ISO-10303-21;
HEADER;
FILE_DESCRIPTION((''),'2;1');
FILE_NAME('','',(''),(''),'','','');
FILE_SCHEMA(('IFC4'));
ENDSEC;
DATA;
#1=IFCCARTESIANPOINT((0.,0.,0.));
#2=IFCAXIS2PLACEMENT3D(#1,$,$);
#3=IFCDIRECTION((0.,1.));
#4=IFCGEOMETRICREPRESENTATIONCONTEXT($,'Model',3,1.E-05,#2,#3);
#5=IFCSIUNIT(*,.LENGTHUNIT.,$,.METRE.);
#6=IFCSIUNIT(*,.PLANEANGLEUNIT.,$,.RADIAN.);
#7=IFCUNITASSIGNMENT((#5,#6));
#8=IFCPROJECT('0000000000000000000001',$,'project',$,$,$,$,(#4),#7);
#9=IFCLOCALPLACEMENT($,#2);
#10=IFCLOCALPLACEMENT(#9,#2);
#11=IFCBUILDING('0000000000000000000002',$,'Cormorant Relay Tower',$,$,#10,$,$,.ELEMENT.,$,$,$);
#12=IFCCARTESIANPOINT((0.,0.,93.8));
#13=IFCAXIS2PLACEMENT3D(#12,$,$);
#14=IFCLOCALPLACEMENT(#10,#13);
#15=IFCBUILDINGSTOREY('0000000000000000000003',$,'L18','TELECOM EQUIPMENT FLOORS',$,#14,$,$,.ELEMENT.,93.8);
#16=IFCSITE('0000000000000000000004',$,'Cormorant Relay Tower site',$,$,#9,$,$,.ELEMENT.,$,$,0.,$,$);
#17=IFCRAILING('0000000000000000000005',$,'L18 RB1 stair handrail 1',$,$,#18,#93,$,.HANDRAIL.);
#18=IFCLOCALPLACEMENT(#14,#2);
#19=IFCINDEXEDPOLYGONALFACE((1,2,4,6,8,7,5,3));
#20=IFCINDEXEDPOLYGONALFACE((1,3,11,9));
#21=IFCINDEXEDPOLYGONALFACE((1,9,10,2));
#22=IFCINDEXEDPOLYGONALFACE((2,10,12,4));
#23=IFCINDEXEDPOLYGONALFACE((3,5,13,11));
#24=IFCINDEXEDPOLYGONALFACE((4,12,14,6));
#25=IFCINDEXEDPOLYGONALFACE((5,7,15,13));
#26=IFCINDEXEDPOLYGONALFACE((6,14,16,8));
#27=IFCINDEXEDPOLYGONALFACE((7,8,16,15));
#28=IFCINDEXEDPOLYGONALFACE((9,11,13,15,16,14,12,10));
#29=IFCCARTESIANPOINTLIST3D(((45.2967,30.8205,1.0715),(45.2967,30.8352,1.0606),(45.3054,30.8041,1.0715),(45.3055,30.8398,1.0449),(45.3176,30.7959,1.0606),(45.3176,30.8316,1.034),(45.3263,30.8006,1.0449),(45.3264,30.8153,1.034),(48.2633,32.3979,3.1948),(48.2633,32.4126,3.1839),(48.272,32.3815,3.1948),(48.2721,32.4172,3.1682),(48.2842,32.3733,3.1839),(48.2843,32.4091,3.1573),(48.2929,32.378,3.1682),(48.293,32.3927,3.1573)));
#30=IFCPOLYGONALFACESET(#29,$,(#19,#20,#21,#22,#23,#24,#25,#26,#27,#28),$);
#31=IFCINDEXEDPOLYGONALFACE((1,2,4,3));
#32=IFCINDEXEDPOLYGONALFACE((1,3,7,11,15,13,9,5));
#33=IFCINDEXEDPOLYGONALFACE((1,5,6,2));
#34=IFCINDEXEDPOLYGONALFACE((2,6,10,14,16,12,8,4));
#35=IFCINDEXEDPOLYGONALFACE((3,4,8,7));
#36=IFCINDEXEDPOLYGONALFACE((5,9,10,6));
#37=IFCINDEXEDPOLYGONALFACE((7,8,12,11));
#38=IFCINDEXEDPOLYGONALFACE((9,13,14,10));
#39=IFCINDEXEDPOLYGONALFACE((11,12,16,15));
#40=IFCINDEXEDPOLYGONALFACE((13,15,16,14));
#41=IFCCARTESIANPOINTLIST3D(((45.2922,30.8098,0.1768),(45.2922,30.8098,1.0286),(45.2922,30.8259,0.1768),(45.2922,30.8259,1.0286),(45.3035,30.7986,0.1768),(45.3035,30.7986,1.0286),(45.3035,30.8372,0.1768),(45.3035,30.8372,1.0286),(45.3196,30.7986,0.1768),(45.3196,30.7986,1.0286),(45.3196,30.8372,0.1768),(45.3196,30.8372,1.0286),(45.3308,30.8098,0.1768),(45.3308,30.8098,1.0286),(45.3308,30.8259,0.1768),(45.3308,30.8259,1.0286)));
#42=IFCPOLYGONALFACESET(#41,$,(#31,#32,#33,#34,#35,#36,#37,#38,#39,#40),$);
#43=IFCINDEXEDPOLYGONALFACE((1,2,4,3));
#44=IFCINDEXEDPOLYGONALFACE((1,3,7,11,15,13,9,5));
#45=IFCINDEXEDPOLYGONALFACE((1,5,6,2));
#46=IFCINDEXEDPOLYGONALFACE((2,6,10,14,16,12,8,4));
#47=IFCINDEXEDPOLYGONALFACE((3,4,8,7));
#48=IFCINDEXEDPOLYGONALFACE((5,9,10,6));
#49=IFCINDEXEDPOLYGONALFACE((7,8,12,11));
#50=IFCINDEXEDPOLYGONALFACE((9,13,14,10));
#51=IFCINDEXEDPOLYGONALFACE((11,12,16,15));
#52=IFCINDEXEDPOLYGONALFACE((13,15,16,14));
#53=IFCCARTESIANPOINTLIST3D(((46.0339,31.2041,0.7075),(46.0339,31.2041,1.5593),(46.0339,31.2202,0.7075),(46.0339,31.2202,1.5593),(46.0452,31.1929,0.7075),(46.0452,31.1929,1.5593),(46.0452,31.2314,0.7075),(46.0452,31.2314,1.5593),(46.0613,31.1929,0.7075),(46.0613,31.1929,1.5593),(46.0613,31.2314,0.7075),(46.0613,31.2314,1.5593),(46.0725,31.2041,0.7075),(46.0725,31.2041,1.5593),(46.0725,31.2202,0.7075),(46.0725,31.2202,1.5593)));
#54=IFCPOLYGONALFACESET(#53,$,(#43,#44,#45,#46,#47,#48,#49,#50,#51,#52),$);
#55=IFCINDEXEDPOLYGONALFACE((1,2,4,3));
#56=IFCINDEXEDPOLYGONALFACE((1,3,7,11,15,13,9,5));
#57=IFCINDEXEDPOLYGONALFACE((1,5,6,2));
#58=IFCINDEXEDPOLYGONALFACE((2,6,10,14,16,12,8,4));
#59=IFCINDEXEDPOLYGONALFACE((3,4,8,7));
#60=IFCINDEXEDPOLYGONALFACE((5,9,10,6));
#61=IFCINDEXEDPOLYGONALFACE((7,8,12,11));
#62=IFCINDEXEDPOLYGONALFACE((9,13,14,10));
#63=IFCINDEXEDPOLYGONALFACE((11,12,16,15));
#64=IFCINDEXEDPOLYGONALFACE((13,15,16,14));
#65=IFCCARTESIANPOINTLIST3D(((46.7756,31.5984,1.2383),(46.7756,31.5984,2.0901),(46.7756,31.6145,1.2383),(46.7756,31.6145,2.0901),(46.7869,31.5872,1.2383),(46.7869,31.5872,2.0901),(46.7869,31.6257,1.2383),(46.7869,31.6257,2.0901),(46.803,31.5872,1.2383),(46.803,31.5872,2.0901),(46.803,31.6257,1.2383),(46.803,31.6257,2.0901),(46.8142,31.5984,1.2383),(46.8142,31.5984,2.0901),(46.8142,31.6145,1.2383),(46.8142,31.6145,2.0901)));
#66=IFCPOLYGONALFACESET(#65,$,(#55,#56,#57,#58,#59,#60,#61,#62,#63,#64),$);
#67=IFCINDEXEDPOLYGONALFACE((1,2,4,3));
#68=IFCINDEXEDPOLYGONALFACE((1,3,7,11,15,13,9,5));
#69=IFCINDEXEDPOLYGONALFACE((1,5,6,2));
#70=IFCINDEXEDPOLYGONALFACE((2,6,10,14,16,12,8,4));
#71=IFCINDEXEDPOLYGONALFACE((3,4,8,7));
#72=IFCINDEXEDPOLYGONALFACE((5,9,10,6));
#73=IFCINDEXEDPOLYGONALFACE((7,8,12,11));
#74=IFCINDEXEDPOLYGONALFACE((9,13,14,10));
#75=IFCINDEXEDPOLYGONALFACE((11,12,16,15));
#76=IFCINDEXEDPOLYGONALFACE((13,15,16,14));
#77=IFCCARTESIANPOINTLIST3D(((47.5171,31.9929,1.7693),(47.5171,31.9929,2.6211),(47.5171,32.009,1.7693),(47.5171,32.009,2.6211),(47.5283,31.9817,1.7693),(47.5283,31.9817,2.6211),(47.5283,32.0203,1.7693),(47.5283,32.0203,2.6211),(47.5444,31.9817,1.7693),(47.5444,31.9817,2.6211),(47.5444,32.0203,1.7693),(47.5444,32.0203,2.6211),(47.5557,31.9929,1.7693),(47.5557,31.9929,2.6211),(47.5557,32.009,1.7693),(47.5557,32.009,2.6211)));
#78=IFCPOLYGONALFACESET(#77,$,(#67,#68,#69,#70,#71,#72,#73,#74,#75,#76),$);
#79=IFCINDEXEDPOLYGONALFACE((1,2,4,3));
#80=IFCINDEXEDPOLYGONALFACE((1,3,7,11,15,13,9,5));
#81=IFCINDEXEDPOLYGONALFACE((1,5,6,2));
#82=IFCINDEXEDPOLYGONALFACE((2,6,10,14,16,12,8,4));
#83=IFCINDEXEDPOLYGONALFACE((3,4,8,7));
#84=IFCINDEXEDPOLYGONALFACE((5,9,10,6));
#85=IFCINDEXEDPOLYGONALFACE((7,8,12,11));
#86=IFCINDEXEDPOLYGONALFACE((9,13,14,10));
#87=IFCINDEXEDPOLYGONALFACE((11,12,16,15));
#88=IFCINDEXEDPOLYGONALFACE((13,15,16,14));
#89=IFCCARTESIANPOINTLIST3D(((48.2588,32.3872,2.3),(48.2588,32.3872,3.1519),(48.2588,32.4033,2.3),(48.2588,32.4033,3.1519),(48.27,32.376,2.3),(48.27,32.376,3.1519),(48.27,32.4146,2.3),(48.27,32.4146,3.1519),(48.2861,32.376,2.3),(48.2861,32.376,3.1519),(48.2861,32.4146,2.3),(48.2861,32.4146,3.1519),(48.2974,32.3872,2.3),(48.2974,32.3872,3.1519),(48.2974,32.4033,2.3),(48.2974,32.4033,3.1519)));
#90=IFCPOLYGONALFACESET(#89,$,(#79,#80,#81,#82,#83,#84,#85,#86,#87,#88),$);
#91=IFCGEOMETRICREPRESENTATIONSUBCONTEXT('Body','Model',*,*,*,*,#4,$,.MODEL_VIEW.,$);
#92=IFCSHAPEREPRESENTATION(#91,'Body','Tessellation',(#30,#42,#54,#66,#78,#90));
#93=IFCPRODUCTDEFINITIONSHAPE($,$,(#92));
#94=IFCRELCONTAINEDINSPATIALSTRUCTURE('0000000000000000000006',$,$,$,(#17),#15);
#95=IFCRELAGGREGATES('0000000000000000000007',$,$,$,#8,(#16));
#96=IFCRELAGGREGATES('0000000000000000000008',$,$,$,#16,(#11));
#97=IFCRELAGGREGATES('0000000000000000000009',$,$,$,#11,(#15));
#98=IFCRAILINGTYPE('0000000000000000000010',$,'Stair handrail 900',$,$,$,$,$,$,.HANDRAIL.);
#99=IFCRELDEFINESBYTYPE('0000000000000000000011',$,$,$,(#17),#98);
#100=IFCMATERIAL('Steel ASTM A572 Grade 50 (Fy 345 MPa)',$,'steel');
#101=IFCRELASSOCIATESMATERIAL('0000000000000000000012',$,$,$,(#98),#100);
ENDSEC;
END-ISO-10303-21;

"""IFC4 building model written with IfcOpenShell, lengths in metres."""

from ifc_helpers import new_model, si_unit, direction, frame, origin, place, context, subcontext, project, spatial, polyline, outline, extrude, material, type_object, element, save


model = new_model("IFC4")

# Units and contexts
model_context = context("Model", 3, precision=1e-05, world=origin(), true_north=direction((0.0, 1.0)))
body_context = subcontext(model_context, "Body", "Model", "MODEL_VIEW")
ifc_project = project(units=[si_unit("LENGTHUNIT", "METRE"), si_unit("PLANEANGLEUNIT", "RADIAN")], contexts=[model_context])

# Site, building, storey
site_placement = place(None, origin())
site = spatial("IfcSite", under=ifc_project, at=site_placement, Name="Cormorant Relay Tower site", CompositionType="ELEMENT", RefElevation=0.0)
building_placement = place(site_placement, origin())
building = spatial("IfcBuilding", under=site, at=building_placement, Name="Cormorant Relay Tower", CompositionType="ELEMENT")
storey_placement = place(building_placement, frame((0.0, 0.0, 93.8)))
storey = spatial("IfcBuildingStorey", under=building, at=storey_placement, Name="L18", Description="TELECOM EQUIPMENT FLOORS", CompositionType="ELEMENT", Elevation=93.8)

# Railing
ifc_material_1 = material(Name="Steel ASTM A572 Grade 50 (Fy 345 MPa)", Category="steel")
railing_type_1 = type_object("IfcRailingType", Name="Stair handrail 900", PredefinedType="HANDRAIL", material=ifc_material_1)
railing_1_placement = place(storey_placement, frame((45.3115, 30.8179, 0.1768)))
element("IfcRailing", 1, at=railing_1_placement, inside=storey, type_object=railing_type_1, Name="L18 RB1 stair handrail 1", PredefinedType="HANDRAIL", context=body_context, shape_type="SweptSolid", body=[
    extrude(outline(polyline([(0.0222, 0.0093), (0.0093, 0.0222), (-0.0093, 0.0222), (-0.0222, 0.0093), (-0.0222, -0.0093), (-0.0093, -0.0222), (0.0093, -0.0222), (0.0222, -0.0093), (0.0222, 0.0093)])), frame((0.0, 0.0, 0.876), z_axis=(0.746389, 0.396874, 0.534223), x_axis=(-0.469483, 0.882942, 0.0)), (0.0, 0.0, 1.0), 3.9746),
    extrude(outline(polyline([(0.0193, 0.0081), (0.0081, 0.0193), (-0.0081, 0.0193), (-0.0193, 0.0081), (-0.0193, -0.0081), (-0.0081, -0.0193), (0.0081, -0.0193), (0.0193, -0.0081), (0.0193, 0.0081)])), origin(), (0.0, 0.0, 1.0), 0.8518),
    extrude(outline(polyline([(0.0193, 0.0081), (0.0081, 0.0193), (-0.0081, 0.0193), (-0.0193, 0.0081), (-0.0193, -0.0081), (-0.0081, -0.0193), (0.0081, -0.0193), (0.0193, -0.0081), (0.0193, 0.0081)])), frame((0.7417, 0.3943, 0.5308)), (0.0, 0.0, 1.0), 0.8518),
    extrude(outline(polyline([(0.0193, 0.0081), (0.0081, 0.0193), (-0.0081, 0.0193), (-0.0193, 0.0081), (-0.0193, -0.0081), (-0.0081, -0.0193), (0.0081, -0.0193), (0.0193, -0.0081), (0.0193, 0.0081)])), frame((1.4834, 0.7886, 1.0615)), (0.0, 0.0, 1.0), 0.8518),
    extrude(outline(polyline([(0.0193, 0.0081), (0.0081, 0.0193), (-0.0081, 0.0193), (-0.0193, 0.0081), (-0.0193, -0.0081), (-0.0081, -0.0193), (0.0081, -0.0193), (0.0193, -0.0081), (0.0193, 0.0081)])), frame((2.2249, 1.1831, 1.5925)), (0.0, 0.0, 1.0), 0.8518),
    extrude(outline(polyline([(0.0193, 0.0081), (0.0081, 0.0193), (-0.0081, 0.0193), (-0.0193, 0.0081), (-0.0193, -0.0081), (-0.0081, -0.0193), (0.0081, -0.0193), (0.0193, -0.0081), (0.0193, 0.0081)])), frame((2.9666, 1.5774, 2.1233)), (0.0, 0.0, 1.0), 0.8518),
])

save(model, "model.ifc")
